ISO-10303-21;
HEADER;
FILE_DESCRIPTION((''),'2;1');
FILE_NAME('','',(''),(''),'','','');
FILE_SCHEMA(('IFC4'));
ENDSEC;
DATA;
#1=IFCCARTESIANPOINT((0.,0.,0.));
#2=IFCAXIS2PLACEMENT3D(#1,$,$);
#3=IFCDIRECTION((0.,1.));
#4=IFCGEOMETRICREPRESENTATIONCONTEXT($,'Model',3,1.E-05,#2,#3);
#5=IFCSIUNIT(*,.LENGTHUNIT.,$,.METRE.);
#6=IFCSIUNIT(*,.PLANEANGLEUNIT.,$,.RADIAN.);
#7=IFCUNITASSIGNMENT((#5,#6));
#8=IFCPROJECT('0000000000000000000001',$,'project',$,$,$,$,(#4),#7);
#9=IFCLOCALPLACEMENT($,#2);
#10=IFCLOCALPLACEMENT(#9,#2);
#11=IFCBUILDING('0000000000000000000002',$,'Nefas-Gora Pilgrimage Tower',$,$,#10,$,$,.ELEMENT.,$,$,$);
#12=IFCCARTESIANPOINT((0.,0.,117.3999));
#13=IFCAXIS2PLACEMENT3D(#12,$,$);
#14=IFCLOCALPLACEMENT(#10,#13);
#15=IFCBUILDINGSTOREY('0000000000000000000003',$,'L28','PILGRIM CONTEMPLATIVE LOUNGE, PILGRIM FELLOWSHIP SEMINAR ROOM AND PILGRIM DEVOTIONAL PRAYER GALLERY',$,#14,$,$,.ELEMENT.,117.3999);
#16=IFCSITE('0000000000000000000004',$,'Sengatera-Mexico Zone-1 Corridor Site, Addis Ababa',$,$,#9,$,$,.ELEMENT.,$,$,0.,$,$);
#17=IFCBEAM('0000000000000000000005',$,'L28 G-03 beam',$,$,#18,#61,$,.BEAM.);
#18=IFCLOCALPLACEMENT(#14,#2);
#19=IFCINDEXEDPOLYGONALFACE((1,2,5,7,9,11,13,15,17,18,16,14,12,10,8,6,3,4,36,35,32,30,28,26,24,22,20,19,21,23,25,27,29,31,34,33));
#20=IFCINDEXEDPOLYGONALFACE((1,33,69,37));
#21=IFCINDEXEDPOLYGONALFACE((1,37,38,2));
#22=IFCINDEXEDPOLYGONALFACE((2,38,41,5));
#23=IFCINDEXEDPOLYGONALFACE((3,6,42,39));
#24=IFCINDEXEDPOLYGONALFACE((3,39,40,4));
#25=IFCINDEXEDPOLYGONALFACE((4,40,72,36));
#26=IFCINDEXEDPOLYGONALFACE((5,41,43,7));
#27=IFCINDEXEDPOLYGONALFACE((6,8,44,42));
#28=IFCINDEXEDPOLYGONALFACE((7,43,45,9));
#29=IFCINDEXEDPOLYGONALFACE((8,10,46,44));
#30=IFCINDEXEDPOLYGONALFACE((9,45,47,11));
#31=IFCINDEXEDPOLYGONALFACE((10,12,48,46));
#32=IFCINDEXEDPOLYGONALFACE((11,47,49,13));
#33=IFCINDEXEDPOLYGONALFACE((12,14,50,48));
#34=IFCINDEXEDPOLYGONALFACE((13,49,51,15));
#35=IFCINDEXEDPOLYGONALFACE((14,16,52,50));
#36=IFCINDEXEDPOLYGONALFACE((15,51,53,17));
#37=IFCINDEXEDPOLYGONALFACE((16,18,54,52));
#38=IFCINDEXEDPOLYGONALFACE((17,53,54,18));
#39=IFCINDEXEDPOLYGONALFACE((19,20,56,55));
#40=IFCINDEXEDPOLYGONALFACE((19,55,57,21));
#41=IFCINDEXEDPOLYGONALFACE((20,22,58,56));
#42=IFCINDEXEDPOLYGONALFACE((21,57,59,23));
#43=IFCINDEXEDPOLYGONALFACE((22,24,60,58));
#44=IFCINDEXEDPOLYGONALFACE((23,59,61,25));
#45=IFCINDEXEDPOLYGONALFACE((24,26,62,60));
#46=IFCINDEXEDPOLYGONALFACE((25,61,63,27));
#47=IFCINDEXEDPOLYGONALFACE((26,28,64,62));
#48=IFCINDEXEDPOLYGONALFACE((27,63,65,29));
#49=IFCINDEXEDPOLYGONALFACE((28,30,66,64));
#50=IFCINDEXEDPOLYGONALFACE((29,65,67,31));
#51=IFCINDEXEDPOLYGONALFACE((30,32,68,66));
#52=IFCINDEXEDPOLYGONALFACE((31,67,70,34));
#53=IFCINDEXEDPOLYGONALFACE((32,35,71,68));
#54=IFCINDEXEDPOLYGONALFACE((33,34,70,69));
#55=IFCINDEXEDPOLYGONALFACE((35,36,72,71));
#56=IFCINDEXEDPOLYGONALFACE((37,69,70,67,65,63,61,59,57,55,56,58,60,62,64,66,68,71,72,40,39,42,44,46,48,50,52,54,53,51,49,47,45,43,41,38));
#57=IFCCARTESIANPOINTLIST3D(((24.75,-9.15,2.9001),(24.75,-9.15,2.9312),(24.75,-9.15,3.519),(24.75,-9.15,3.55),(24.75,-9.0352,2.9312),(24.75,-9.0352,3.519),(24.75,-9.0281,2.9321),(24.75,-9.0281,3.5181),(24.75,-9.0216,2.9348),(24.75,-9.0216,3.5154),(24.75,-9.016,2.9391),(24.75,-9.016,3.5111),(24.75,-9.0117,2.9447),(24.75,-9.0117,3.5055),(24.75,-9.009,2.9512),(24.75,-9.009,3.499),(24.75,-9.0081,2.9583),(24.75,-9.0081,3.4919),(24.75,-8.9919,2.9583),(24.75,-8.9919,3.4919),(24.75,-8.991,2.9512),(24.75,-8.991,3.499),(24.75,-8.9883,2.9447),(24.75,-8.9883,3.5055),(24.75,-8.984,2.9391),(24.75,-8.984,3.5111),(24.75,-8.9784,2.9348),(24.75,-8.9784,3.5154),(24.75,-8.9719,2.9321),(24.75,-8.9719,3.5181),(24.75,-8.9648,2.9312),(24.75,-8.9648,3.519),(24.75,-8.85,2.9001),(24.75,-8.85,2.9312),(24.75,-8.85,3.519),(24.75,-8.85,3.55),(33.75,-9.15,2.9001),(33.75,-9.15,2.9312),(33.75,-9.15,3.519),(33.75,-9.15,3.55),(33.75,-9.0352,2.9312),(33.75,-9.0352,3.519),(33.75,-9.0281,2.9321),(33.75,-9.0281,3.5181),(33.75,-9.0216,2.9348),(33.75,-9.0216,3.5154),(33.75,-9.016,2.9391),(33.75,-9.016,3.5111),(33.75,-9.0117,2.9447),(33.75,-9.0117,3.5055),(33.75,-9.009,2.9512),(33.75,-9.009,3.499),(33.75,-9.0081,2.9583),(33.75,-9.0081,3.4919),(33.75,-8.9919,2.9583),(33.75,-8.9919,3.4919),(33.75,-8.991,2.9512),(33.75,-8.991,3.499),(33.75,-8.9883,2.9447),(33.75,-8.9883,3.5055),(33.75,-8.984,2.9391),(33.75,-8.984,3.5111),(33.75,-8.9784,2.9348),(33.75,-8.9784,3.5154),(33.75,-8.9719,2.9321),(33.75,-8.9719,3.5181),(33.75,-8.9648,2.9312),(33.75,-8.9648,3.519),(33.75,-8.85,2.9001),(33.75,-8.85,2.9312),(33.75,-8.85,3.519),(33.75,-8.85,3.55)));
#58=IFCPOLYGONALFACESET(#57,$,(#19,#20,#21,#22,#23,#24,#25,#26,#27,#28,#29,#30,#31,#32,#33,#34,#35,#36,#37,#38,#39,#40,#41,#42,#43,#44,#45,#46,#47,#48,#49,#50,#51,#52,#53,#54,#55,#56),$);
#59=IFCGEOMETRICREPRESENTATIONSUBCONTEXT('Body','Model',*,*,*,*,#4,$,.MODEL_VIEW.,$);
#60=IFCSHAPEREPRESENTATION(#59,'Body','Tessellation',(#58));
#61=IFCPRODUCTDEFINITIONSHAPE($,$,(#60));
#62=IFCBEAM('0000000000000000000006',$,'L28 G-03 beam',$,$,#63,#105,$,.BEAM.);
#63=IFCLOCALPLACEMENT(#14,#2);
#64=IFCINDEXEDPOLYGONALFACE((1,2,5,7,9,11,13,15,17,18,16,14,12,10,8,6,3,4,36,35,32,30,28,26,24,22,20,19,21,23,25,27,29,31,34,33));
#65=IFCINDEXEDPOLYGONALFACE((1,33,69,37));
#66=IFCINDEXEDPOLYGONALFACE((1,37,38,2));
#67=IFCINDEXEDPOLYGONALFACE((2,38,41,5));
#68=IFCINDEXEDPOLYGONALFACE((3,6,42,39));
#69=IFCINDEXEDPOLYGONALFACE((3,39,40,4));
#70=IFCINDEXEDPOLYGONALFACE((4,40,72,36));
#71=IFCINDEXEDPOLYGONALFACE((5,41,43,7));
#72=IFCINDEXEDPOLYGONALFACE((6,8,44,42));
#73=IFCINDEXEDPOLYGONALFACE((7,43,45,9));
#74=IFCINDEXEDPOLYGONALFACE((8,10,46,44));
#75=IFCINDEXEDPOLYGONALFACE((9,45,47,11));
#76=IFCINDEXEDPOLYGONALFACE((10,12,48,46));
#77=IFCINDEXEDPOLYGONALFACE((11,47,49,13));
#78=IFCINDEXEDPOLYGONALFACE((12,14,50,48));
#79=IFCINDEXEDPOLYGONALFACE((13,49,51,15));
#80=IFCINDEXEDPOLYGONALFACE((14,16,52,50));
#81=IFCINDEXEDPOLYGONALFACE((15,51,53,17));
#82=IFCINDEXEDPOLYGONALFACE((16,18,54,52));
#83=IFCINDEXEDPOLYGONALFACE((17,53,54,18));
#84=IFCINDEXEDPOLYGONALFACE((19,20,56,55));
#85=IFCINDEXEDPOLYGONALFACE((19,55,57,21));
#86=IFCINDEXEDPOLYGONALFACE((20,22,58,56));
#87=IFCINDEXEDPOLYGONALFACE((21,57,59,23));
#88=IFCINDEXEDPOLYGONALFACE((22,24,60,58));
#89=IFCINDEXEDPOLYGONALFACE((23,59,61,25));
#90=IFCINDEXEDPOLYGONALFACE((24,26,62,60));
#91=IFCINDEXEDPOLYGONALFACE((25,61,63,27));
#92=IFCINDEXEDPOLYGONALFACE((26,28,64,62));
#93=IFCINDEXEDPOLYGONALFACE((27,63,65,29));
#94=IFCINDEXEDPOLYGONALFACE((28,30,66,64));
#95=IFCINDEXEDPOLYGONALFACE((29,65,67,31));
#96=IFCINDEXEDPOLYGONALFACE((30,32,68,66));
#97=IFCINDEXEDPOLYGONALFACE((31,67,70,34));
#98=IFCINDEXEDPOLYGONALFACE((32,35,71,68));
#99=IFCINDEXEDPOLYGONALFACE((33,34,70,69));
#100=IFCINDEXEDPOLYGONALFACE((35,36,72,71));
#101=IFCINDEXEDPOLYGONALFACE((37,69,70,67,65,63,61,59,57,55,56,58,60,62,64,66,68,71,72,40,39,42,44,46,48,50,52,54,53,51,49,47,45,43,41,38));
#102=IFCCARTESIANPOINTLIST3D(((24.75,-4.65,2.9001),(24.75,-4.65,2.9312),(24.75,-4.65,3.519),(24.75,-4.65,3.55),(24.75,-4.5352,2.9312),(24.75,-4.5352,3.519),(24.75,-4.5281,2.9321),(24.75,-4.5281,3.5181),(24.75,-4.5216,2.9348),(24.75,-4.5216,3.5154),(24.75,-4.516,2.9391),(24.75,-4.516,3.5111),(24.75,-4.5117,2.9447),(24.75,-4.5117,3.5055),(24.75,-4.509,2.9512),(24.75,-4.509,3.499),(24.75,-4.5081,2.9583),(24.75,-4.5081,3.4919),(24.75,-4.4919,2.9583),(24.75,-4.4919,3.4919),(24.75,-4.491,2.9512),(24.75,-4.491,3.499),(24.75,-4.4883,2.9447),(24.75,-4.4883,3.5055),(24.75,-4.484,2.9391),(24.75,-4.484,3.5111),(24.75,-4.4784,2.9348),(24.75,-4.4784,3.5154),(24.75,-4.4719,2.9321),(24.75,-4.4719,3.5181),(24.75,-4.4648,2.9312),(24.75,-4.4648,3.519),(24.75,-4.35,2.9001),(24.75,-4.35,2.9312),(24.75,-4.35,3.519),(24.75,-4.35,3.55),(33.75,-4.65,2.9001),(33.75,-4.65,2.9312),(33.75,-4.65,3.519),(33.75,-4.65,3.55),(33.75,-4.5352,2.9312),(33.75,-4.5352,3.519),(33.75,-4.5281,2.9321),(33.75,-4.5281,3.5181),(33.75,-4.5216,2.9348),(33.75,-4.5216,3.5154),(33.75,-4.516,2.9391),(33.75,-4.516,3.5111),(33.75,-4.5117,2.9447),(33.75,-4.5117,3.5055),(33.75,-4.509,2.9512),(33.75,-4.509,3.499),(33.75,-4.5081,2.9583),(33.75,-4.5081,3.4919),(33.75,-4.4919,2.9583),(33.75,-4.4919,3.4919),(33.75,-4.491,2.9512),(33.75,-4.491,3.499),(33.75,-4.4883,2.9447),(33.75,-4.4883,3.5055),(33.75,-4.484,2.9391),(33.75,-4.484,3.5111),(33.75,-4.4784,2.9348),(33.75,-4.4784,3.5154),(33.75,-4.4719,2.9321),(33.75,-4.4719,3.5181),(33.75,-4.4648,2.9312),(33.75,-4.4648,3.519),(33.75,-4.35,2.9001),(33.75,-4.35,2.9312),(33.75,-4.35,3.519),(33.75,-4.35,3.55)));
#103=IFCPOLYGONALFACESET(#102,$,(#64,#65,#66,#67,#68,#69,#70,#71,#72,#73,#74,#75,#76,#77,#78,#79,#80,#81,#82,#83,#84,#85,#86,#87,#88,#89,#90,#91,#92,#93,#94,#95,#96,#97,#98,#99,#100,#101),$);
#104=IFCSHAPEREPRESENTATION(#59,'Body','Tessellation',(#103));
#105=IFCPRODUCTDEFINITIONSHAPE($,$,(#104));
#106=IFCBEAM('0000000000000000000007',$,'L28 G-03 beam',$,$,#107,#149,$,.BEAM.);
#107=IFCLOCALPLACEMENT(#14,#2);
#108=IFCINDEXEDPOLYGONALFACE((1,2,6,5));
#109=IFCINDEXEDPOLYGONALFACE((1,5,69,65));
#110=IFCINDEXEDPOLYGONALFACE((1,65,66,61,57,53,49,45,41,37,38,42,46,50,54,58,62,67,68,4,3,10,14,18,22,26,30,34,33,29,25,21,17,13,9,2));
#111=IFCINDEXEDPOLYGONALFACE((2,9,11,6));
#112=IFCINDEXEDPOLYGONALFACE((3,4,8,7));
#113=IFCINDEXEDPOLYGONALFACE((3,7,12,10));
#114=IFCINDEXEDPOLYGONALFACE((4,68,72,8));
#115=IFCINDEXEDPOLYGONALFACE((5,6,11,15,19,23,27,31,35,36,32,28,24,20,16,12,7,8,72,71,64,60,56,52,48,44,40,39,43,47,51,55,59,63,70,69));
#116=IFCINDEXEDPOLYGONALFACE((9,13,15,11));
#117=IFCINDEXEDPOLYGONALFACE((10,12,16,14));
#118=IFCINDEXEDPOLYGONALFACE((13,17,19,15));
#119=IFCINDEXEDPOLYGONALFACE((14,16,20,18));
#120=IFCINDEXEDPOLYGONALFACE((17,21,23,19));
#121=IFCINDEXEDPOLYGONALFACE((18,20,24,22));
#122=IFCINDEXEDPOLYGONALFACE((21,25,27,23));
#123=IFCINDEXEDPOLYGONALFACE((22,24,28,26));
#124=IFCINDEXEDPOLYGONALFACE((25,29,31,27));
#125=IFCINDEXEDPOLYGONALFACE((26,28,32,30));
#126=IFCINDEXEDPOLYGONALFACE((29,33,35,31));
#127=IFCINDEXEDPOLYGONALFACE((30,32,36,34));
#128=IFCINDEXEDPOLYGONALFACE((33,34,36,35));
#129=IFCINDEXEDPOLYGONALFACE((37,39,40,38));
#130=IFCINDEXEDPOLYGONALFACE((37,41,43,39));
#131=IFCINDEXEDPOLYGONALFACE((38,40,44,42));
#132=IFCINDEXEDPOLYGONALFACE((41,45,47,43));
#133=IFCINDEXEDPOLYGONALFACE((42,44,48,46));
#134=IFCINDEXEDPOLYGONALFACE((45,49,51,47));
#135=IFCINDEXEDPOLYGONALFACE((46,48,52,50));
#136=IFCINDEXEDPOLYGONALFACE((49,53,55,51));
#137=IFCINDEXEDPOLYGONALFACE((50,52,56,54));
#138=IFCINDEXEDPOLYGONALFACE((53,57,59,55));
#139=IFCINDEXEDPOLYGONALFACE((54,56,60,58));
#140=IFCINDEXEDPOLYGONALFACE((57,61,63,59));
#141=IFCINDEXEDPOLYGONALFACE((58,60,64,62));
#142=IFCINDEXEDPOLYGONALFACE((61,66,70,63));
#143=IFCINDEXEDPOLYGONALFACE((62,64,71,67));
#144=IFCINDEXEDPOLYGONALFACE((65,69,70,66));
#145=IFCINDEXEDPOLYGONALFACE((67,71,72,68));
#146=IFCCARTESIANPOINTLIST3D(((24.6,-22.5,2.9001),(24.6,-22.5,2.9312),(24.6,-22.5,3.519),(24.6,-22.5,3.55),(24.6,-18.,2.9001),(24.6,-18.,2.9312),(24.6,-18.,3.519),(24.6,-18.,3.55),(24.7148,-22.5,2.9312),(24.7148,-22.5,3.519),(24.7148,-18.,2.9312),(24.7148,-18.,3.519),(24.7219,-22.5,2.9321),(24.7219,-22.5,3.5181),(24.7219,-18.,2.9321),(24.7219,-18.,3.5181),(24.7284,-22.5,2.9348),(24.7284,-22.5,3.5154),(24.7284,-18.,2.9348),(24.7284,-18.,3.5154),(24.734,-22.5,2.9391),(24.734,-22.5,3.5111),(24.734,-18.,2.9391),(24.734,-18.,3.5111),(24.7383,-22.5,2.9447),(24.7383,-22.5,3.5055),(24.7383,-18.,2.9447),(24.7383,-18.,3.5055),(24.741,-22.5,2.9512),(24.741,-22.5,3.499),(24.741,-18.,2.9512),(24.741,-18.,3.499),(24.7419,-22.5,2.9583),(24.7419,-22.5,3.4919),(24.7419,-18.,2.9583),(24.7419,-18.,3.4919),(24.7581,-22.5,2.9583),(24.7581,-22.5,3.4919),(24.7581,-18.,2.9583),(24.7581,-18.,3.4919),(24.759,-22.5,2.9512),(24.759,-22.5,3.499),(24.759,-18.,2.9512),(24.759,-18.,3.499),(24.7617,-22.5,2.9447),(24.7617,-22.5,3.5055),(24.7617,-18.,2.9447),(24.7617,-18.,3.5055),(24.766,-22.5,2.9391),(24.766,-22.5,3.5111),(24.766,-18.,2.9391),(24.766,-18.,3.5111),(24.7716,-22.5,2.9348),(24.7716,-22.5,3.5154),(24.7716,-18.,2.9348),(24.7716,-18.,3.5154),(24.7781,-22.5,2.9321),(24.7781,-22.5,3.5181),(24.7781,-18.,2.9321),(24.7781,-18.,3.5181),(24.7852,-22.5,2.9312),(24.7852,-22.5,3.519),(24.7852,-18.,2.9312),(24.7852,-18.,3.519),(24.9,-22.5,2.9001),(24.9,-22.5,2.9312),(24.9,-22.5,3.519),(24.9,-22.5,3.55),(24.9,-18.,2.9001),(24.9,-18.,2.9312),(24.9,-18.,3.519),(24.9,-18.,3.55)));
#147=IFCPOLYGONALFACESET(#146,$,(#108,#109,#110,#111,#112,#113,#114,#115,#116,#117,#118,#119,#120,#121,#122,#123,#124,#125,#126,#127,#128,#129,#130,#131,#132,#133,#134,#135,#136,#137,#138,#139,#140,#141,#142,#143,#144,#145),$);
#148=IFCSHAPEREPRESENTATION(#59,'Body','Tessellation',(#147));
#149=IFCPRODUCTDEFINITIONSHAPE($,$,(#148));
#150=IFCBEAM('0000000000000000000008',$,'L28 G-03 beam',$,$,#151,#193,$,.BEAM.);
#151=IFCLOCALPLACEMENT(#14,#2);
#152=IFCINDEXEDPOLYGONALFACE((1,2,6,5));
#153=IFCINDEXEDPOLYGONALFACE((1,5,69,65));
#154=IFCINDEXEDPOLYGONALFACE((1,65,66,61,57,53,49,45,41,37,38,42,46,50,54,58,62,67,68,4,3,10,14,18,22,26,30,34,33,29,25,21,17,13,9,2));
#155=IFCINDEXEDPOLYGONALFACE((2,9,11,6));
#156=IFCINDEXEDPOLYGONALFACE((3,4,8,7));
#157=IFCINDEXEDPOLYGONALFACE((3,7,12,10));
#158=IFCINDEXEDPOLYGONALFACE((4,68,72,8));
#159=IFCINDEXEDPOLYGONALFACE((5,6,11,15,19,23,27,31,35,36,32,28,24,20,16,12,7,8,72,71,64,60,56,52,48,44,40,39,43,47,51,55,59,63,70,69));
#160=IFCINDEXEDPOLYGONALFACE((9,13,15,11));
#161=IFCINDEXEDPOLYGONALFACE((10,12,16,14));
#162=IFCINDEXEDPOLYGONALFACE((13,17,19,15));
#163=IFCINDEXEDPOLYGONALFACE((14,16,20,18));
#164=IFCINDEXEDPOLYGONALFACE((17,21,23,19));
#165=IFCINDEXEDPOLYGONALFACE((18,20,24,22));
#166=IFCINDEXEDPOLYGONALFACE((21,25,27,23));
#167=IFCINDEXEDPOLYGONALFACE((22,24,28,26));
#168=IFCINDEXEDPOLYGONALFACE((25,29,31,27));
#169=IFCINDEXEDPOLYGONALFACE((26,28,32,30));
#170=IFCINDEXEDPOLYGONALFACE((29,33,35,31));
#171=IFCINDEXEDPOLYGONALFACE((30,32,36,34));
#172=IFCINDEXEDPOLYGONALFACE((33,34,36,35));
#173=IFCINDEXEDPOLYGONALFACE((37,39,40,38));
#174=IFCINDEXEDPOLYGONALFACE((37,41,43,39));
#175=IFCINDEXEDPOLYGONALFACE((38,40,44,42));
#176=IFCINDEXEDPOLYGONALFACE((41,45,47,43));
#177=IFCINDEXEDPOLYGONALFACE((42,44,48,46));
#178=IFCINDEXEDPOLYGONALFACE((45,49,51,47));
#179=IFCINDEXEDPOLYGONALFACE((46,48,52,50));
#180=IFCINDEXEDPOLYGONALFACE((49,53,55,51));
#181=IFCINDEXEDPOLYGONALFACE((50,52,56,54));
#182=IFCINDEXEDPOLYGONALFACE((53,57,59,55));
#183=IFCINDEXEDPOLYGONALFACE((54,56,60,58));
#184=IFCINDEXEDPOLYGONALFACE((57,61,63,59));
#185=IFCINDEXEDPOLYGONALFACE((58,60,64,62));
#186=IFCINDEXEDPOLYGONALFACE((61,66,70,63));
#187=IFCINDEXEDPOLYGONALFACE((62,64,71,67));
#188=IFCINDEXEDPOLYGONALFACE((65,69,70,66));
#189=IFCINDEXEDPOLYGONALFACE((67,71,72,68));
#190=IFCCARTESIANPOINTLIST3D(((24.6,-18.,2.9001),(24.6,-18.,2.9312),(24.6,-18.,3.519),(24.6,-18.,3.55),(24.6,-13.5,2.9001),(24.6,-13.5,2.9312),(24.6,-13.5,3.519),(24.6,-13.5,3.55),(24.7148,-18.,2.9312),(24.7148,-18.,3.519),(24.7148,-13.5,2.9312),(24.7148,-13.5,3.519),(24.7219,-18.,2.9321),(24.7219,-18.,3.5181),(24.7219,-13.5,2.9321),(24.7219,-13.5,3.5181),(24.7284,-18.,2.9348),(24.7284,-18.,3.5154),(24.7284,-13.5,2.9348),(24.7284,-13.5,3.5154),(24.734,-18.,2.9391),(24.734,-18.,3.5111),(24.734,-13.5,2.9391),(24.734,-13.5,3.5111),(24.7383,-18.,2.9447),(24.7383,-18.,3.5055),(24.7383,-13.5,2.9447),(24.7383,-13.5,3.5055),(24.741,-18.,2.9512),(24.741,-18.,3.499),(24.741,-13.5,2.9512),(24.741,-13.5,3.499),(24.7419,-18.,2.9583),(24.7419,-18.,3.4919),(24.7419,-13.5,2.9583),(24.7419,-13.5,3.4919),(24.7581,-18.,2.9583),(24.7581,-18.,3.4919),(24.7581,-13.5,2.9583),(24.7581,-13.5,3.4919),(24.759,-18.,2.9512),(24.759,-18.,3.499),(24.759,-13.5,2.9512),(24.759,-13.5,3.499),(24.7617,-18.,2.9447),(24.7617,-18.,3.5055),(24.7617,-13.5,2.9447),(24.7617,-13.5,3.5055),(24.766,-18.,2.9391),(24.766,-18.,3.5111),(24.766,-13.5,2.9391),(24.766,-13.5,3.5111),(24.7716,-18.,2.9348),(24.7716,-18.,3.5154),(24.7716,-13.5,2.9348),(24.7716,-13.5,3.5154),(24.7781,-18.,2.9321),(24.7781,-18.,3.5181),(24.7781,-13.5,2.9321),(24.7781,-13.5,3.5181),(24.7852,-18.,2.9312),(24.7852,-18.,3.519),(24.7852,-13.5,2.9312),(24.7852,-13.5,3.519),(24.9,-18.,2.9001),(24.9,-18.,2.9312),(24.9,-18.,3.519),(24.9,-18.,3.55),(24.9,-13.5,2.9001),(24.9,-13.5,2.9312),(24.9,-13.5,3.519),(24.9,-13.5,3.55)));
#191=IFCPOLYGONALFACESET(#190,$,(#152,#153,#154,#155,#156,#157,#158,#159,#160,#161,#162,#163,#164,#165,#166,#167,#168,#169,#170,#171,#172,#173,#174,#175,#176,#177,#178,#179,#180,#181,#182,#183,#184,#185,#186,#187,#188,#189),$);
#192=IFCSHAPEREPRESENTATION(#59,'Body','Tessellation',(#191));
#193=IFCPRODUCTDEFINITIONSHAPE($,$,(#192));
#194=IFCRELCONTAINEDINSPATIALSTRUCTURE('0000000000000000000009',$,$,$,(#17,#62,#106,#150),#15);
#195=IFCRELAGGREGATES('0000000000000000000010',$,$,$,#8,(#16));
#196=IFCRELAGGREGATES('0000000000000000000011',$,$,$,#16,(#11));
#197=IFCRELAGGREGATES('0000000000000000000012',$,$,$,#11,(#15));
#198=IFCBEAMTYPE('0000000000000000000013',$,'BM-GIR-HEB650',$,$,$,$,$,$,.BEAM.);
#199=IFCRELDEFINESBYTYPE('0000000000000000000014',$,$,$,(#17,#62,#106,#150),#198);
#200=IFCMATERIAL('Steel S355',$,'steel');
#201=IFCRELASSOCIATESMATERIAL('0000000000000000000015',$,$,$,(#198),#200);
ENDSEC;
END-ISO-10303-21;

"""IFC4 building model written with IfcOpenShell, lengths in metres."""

from ifc_helpers import new_model, si_unit, direction, frame, origin, origin_2d, place, context, subcontext, project, spatial, i_section, extrude, source, transform, mapped, material, material_profile, profile_set, type_object, element, save


model = new_model("IFC4")

# Units and contexts
model_context = context("Model", 3, precision=1e-05, world=origin(), true_north=direction((0.0, 1.0)))
body_context = subcontext(model_context, "Body", "Model", "MODEL_VIEW")
ifc_project = project(units=[si_unit("LENGTHUNIT", "METRE"), si_unit("PLANEANGLEUNIT", "RADIAN")], contexts=[model_context])

# Site, building, storey
site_placement = place(None, origin())
site = spatial("IfcSite", under=ifc_project, at=site_placement, Name="Sengatera-Mexico Zone-1 Corridor Site, Addis Ababa", CompositionType="ELEMENT", RefElevation=0.0)
building_placement = place(site_placement, origin())
building = spatial("IfcBuilding", under=site, at=building_placement, Name="Nefas-Gora Pilgrimage Tower", CompositionType="ELEMENT")
storey_placement = place(building_placement, frame((0.0, 0.0, 117.3999)))
storey = spatial("IfcBuildingStorey", under=building, at=storey_placement, Name="L28", Description="PILGRIM CONTEMPLATIVE LOUNGE, PILGRIM FELLOWSHIP SEMINAR ROOM AND PILGRIM DEVOTIONAL PRAYER GALLERY", CompositionType="ELEMENT", Elevation=117.3999)

# Beams
ifc_material_1 = material(Name="Steel S355", Category="steel")
ifc_material_profile_1 = material_profile(ifc_material_1, i_section(OverallWidth=0.3, OverallDepth=0.6499, WebThickness=0.0161, FlangeThickness=0.031, FilletRadius=0.0271, at=origin_2d()), Name="HEB 650")
ifc_profile_set_1 = profile_set([ifc_material_profile_1], Name="Steel S355")
beam_type_1 = type_object("IfcBeamType", Name="BM-GIR-HEB650", PredefinedType="BEAM", material=ifc_profile_set_1)
shared_shape_1 = source(origin(), body_context, "Body", "SweptSolid", [
    extrude(i_section(OverallWidth=0.3, OverallDepth=0.6499, WebThickness=0.0161, FlangeThickness=0.031, FilletRadius=0.0271, at=origin_2d()), origin(), (0.0, 0.0, 1.0), 9.0),
])
for number, where, z_axis, x_axis, name in (
    (1, (24.75, -9.0, 3.2251), (1.0, 0.0, 0.0), (0.0, 1.0, 0.0), "L28 G-03 beam"),
    (2, (24.75, -4.5, 3.2251), (1.0, 0.0, 0.0), (0.0, 1.0, 0.0), "L28 G-03 beam"),
):
    element("IfcBeam", number, at=place(storey_placement, frame(where, z_axis=z_axis, x_axis=x_axis)), inside=storey, type_object=beam_type_1, Name=name, PredefinedType="BEAM", context=body_context, shape_type="MappedRepresentation", body=[
        mapped(shared_shape_1, transform((0.0, 0.0, 0.0), x_axis=(1.0, 0.0, 0.0), y_axis=(0.0, 1.0, 0.0), z_axis=(0.0, 0.0, 1.0), scale=1.0)),
    ])
shared_shape_2 = source(origin(), body_context, "Body", "SweptSolid", [
    extrude(i_section(OverallWidth=0.3, OverallDepth=0.6499, WebThickness=0.0161, FlangeThickness=0.031, FilletRadius=0.0271, at=origin_2d()), origin(), (0.0, 0.0, 1.0), 4.5),
])
for number, where, z_axis, x_axis, name in (
    (3, (24.75, -22.5, 3.2251), (0.0, 1.0, 0.0), (-1.0, 0.0, 0.0), "L28 G-03 beam"),
    (4, (24.75, -18.0, 3.2251), (0.0, 1.0, 0.0), (-1.0, 0.0, 0.0), "L28 G-03 beam"),
):
    element("IfcBeam", number, at=place(storey_placement, frame(where, z_axis=z_axis, x_axis=x_axis)), inside=storey, type_object=beam_type_1, Name=name, PredefinedType="BEAM", context=body_context, shape_type="MappedRepresentation", body=[
        mapped(shared_shape_2, transform((0.0, 0.0, 0.0), x_axis=(1.0, 0.0, 0.0), y_axis=(0.0, 1.0, 0.0), z_axis=(0.0, 0.0, 1.0), scale=1.0)),
    ])

save(model, "model.ifc")
